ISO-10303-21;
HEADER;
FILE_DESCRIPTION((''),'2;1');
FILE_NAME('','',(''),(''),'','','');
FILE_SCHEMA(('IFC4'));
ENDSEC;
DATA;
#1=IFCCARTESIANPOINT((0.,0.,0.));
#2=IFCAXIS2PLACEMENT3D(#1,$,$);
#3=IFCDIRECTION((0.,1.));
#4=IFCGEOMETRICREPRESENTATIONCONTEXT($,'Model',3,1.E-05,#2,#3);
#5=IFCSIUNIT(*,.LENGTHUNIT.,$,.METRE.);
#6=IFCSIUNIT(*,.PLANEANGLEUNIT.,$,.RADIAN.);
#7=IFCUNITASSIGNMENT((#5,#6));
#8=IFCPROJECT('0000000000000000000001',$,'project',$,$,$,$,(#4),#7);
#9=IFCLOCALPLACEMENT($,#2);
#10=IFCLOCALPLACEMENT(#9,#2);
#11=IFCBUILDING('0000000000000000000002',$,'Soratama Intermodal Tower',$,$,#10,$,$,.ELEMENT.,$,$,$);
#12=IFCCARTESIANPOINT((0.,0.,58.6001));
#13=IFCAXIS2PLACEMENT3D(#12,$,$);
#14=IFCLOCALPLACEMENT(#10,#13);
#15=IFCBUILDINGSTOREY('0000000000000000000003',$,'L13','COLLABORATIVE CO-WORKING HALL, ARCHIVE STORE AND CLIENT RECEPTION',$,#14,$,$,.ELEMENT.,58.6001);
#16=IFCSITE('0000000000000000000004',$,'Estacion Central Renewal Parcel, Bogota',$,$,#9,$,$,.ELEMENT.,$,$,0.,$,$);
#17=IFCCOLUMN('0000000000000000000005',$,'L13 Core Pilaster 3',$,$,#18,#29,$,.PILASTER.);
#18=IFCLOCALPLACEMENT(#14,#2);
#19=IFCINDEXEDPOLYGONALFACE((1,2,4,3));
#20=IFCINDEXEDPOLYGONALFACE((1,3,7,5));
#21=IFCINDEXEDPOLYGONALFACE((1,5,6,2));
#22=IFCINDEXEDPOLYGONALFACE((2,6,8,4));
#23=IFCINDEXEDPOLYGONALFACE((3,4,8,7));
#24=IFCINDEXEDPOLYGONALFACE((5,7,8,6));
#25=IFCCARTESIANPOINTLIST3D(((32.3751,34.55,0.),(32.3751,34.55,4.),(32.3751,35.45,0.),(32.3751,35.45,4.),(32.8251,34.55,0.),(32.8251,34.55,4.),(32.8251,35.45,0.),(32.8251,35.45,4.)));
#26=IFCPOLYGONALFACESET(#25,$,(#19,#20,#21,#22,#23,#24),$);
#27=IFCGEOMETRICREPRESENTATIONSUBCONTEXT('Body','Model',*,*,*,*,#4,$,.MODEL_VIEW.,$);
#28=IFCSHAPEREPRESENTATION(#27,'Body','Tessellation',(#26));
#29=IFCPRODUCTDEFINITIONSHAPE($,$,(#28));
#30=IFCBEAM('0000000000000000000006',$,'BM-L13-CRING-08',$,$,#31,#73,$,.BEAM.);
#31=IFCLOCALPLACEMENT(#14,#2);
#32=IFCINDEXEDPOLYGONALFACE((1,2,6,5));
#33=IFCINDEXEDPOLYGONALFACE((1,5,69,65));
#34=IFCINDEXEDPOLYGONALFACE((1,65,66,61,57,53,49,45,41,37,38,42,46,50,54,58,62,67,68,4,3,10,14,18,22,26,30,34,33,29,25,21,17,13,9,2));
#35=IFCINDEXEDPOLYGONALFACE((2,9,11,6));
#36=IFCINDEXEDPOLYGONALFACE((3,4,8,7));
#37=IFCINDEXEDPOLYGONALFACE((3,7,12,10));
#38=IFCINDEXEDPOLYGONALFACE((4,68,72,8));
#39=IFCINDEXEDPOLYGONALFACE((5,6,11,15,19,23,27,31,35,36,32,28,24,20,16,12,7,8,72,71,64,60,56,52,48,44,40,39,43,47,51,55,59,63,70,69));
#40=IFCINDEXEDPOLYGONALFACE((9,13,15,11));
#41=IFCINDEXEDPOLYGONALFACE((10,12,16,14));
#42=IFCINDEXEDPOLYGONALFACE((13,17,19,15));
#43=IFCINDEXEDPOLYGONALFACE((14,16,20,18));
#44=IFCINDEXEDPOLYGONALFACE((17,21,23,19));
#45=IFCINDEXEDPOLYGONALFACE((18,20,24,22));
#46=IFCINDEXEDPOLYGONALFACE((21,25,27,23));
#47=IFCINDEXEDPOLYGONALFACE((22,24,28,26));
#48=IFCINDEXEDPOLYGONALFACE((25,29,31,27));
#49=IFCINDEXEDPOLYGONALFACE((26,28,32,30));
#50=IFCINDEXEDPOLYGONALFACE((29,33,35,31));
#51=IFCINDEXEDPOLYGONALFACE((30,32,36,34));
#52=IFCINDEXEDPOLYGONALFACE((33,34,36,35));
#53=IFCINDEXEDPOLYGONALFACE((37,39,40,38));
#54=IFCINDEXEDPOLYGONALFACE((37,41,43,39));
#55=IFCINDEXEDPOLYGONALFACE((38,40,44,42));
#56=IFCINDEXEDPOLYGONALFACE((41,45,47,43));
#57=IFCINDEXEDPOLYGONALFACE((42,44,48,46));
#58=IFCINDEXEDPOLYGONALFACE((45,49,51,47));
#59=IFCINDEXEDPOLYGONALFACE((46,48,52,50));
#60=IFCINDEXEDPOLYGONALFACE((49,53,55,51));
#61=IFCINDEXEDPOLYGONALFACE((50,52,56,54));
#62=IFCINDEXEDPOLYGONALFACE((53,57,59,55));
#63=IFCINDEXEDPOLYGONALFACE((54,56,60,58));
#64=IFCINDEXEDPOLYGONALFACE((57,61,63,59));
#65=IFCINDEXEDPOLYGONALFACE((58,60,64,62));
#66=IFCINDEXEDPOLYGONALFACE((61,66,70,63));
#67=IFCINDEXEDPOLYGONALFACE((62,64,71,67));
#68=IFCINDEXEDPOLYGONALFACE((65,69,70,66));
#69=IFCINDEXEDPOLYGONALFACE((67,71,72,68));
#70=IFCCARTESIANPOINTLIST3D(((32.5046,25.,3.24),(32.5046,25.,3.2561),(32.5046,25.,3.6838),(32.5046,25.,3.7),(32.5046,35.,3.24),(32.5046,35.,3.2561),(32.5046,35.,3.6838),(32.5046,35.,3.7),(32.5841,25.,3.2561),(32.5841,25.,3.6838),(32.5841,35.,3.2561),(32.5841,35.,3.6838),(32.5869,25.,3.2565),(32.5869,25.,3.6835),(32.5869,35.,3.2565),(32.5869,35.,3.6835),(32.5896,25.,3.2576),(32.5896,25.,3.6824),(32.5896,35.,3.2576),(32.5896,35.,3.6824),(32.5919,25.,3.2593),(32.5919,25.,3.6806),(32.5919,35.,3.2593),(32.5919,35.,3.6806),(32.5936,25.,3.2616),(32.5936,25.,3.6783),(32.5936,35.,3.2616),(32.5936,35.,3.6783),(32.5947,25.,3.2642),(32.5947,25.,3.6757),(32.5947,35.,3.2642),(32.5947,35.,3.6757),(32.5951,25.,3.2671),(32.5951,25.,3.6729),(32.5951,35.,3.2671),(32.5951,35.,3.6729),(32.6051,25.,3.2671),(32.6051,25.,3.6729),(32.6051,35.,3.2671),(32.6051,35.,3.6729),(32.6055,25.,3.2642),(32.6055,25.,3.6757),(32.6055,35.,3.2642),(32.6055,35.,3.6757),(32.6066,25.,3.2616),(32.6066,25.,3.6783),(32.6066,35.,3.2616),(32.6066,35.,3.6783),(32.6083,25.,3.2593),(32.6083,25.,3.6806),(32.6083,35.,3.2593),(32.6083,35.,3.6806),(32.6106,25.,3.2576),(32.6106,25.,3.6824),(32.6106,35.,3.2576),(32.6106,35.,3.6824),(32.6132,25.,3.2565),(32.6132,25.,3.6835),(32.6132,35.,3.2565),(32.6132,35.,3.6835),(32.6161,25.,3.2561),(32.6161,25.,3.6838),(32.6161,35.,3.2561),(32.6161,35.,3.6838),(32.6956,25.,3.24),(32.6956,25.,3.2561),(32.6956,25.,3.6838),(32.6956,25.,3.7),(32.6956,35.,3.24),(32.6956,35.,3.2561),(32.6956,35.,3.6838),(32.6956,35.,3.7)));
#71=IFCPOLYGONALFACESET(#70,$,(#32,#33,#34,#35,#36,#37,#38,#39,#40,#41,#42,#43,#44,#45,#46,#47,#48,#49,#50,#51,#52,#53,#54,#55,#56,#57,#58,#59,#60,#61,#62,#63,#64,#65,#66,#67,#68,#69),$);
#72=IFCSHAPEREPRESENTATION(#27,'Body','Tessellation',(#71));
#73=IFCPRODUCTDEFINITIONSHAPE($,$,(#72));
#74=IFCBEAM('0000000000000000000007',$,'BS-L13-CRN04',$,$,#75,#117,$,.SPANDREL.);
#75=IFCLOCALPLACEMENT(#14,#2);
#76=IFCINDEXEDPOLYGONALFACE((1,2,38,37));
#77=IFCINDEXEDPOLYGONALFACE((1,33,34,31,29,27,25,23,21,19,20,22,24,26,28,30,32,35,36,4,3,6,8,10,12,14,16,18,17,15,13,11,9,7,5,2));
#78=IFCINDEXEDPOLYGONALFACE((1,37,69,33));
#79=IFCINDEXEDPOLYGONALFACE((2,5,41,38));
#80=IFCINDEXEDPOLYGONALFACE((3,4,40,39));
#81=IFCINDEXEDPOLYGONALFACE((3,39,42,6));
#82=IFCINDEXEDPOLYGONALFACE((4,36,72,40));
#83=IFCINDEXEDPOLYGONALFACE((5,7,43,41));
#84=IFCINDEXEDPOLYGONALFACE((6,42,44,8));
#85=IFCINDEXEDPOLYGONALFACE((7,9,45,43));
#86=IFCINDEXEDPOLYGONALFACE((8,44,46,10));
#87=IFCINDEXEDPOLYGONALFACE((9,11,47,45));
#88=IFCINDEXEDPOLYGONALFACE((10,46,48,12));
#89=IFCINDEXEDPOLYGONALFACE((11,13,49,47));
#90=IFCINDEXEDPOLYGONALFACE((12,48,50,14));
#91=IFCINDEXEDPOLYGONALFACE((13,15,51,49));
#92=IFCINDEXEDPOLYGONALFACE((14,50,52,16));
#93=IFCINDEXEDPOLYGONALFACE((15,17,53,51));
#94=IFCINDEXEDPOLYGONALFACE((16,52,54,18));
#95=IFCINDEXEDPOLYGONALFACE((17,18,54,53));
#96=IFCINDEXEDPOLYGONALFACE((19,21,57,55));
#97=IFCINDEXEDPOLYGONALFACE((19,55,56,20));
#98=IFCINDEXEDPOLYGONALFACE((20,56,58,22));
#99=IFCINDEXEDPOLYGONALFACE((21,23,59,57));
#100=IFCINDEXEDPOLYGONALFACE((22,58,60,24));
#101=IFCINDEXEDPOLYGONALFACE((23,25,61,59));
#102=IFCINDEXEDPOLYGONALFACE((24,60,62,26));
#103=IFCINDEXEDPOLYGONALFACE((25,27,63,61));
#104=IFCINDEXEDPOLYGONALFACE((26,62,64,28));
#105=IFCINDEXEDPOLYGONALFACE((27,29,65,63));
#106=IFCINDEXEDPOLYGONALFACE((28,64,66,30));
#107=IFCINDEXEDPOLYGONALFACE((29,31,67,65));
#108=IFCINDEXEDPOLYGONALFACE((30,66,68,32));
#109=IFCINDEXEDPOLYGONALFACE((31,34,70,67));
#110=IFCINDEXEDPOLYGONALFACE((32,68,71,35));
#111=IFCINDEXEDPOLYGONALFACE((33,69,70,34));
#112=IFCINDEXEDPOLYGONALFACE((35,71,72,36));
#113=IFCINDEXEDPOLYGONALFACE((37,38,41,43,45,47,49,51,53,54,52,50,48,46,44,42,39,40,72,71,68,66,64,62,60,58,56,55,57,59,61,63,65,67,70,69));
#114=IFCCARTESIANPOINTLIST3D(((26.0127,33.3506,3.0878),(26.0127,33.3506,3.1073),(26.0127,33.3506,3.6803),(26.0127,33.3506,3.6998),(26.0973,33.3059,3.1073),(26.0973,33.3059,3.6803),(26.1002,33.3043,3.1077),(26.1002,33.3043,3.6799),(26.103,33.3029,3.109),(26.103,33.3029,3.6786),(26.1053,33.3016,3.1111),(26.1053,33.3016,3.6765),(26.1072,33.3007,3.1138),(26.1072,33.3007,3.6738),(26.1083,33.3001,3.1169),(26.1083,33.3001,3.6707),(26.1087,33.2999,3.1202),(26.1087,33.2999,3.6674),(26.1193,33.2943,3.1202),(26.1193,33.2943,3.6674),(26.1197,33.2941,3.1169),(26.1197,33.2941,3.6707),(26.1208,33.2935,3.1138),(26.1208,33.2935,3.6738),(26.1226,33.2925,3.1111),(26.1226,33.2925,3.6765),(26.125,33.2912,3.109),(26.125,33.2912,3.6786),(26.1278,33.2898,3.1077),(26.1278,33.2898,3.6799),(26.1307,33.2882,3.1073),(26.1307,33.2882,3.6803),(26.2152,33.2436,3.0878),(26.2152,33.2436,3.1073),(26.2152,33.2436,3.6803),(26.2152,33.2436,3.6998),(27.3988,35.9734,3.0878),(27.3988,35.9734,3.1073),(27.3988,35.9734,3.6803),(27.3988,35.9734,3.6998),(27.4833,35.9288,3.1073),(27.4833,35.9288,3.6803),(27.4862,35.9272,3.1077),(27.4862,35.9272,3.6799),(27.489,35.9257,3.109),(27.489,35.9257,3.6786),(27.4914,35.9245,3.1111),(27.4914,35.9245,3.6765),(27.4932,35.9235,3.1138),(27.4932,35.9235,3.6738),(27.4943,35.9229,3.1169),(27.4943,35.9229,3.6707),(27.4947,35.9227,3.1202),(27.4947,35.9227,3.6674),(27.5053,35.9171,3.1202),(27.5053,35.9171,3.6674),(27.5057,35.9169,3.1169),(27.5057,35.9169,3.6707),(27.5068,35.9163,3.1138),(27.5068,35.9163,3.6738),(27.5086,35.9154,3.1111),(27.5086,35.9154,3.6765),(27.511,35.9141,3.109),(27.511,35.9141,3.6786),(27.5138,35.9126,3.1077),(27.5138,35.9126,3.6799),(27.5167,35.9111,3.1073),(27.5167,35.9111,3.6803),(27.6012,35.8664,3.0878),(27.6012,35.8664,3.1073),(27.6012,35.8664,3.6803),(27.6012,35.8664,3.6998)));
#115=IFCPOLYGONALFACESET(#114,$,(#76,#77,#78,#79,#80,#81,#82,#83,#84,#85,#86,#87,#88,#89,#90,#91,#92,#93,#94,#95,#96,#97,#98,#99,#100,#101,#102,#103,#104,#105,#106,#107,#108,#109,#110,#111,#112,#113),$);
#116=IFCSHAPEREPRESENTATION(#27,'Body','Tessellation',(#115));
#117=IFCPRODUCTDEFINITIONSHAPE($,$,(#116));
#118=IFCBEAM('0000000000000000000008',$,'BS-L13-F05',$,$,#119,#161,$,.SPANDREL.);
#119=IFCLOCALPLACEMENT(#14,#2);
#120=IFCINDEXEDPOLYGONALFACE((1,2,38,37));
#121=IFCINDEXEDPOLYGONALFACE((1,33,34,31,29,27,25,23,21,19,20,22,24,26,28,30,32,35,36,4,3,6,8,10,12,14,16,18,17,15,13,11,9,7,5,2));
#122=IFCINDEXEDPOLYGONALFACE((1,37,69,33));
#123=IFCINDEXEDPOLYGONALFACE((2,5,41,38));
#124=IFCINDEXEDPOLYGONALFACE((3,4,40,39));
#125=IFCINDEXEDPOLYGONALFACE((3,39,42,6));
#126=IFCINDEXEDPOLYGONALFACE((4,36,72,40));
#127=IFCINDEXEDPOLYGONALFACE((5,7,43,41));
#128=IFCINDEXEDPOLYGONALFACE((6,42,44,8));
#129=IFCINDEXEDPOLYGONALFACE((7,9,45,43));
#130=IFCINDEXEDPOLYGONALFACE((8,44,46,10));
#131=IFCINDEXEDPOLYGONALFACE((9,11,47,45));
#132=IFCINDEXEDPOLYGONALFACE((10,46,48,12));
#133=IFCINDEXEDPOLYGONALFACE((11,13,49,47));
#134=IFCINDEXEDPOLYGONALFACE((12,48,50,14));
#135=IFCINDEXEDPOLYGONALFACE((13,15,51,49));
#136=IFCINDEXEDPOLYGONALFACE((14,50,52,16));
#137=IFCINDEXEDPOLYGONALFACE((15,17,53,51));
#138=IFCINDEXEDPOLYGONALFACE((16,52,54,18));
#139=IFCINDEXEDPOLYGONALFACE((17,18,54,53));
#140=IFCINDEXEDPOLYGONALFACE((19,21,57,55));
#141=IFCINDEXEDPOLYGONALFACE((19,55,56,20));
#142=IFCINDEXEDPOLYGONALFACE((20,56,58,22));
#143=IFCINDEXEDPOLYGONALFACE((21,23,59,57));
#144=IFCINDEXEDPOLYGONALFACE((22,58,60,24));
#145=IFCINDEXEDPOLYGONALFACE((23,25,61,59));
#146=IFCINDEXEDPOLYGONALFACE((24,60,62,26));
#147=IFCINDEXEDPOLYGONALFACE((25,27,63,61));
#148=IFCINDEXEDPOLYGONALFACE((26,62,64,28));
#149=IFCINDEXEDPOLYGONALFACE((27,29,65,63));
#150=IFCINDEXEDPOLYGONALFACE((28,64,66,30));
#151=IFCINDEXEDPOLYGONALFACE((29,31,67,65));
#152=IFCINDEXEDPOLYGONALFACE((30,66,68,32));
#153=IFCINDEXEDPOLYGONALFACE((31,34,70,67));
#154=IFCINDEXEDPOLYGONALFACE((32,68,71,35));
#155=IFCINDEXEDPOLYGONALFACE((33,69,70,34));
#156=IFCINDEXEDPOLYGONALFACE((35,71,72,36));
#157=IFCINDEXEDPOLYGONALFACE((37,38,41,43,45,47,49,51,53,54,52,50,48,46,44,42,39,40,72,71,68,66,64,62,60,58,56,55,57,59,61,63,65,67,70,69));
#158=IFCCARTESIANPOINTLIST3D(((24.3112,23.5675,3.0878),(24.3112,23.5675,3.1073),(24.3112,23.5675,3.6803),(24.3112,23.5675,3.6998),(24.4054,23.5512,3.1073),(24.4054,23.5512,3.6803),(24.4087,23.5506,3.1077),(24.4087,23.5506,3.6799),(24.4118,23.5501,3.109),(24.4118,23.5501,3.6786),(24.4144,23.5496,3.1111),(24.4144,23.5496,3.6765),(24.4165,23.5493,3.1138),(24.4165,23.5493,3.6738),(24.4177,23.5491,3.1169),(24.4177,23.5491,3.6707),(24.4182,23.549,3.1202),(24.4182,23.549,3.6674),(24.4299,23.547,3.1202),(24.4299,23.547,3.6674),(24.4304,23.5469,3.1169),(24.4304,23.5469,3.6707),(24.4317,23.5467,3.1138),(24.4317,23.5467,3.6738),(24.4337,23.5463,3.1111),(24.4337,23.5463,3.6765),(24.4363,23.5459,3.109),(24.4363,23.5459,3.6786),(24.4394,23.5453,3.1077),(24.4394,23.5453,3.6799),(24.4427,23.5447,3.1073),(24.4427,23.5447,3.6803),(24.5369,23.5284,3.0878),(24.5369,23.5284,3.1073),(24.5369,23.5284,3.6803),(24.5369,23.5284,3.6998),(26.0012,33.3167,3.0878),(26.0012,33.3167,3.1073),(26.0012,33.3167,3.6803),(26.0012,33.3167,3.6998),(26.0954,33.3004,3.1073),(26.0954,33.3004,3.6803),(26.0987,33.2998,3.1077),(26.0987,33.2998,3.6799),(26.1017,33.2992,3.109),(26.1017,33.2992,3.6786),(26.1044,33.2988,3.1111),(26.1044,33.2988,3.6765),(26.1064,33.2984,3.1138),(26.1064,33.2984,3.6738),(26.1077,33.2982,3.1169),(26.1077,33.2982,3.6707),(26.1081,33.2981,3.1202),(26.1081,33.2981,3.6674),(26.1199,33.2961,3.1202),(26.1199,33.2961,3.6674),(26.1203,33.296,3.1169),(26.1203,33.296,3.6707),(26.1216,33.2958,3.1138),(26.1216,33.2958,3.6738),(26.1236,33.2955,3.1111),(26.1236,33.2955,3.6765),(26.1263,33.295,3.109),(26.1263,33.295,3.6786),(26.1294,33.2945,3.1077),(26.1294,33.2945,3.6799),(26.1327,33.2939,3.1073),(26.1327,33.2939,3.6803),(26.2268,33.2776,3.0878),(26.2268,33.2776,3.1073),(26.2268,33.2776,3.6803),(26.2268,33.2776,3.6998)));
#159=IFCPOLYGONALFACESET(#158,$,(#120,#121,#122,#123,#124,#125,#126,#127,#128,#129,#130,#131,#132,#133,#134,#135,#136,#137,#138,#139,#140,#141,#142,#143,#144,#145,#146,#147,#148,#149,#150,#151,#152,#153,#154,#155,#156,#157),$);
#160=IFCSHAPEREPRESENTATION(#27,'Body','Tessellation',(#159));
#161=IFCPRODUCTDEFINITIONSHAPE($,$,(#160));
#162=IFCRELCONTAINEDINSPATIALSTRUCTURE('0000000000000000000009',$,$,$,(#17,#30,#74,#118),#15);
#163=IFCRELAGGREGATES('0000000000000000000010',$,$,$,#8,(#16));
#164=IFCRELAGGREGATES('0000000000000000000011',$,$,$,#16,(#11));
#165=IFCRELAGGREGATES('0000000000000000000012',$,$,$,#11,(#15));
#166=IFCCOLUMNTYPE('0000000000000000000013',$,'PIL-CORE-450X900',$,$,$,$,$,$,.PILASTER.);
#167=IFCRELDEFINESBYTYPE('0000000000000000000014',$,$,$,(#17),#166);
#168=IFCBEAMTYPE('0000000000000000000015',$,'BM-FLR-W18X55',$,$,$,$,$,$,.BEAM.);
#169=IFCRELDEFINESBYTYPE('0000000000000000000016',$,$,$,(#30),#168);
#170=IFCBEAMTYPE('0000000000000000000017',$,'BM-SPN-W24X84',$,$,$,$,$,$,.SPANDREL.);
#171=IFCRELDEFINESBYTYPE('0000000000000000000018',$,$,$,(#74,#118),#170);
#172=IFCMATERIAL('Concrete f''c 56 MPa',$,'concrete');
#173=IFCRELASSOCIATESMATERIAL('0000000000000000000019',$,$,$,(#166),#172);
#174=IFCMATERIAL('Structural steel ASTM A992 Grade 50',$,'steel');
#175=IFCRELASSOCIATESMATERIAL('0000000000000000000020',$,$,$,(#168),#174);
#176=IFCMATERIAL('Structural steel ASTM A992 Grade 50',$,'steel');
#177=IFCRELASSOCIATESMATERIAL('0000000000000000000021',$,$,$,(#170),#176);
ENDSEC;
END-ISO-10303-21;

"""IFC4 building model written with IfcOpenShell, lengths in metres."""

from ifc_helpers import new_model, si_unit, direction, frame, origin, origin_2d, place, context, subcontext, project, spatial, rectangle, i_section, extrude, material, material_profile, profile_set, type_object, element, save


model = new_model("IFC4")

# Units and contexts
model_context = context("Model", 3, precision=1e-05, world=origin(), true_north=direction((0.0, 1.0)))
body_context = subcontext(model_context, "Body", "Model", "MODEL_VIEW")
ifc_project = project(units=[si_unit("LENGTHUNIT", "METRE"), si_unit("PLANEANGLEUNIT", "RADIAN")], contexts=[model_context])

# Site, building, storey
site_placement = place(None, origin())
site = spatial("IfcSite", under=ifc_project, at=site_placement, Name="Estacion Central Renewal Parcel, Bogota", CompositionType="ELEMENT", RefElevation=0.0)
building_placement = place(site_placement, origin())
building = spatial("IfcBuilding", under=site, at=building_placement, Name="Soratama Intermodal Tower", CompositionType="ELEMENT")
storey_placement = place(building_placement, frame((0.0, 0.0, 58.6001)))
storey = spatial("IfcBuildingStorey", under=building, at=storey_placement, Name="L13", Description="COLLABORATIVE CO-WORKING HALL, ARCHIVE STORE AND CLIENT RECEPTION", CompositionType="ELEMENT", Elevation=58.6001)

# Column
ifc_material_1 = material(Name="Concrete f'c 56 MPa", Category="concrete")
ifc_material_profile_1 = material_profile(ifc_material_1, rectangle(XDim=0.45, YDim=0.8999, at=origin_2d()), Name="RC450X900")
ifc_profile_set_1 = profile_set([ifc_material_profile_1], Name="Concrete f'c 56 MPa")
column_type = type_object("IfcColumnType", Name="PIL-CORE-450X900", PredefinedType="PILASTER", material=ifc_profile_set_1)
column_placement = place(storey_placement, frame((32.6001, 35.0, 0.0), z_axis=(0.0, 0.0, 1.0), x_axis=(1.0, 0.0, 0.0)))
element("IfcColumn", 1, at=column_placement, inside=storey, type_object=column_type, Name="L13 Core Pilaster 3", PredefinedType="PILASTER", context=body_context, shape_type="SweptSolid", body=[
    extrude(rectangle(XDim=0.45, YDim=0.8999, at=origin_2d()), origin(), (0.0, 0.0, 1.0), 4.0),
])

# Beams
ifc_material_2 = material(Name="Structural steel ASTM A992 Grade 50", Category="steel")
ifc_material_profile_2 = material_profile(ifc_material_2, i_section(OverallWidth=0.1909, OverallDepth=0.46, WebThickness=0.01, FlangeThickness=0.0161, FilletRadius=0.011, at=origin_2d()), Name="W18X55")
ifc_profile_set_2 = profile_set([ifc_material_profile_2], Name="Structural steel ASTM A992 Grade 50")
beam_type_1 = type_object("IfcBeamType", Name="BM-FLR-W18X55", PredefinedType="BEAM", material=ifc_profile_set_2)
beam_1_placement = place(storey_placement, frame((32.6001, 35.0, 3.47), z_axis=(0.0, -1.0, 0.0), x_axis=(1.0, 0.0, 0.0)))
element("IfcBeam", 2, at=beam_1_placement, inside=storey, type_object=beam_type_1, Name="BM-L13-CRING-08", PredefinedType="BEAM", context=body_context, shape_type="SweptSolid", body=[
    extrude(i_section(OverallWidth=0.1909, OverallDepth=0.46, WebThickness=0.01, FlangeThickness=0.0161, FilletRadius=0.011, at=origin_2d()), origin(), (0.0, 0.0, 1.0), 10.0),
])
ifc_material_3 = material(Name="Structural steel ASTM A992 Grade 50", Category="steel")
ifc_material_profile_3 = material_profile(ifc_material_3, i_section(OverallWidth=0.229, OverallDepth=0.6121, WebThickness=0.012, FlangeThickness=0.0195, FilletRadius=0.0129, at=origin_2d()), Name="W24X84")
ifc_profile_set_3 = profile_set([ifc_material_profile_3], Name="Structural steel ASTM A992 Grade 50")
beam_type_2 = type_object("IfcBeamType", Name="BM-SPN-W24X84", PredefinedType="SPANDREL", material=ifc_profile_set_3)
beam_2_placement = place(storey_placement, frame((27.5, 35.9199, 3.3938), z_axis=(-0.467215, -0.884144, 0.0), x_axis=(0.884144, -0.467215, 0.0)))
element("IfcBeam", 3, at=beam_2_placement, inside=storey, type_object=beam_type_2, Name="BS-L13-CRN04", PredefinedType="SPANDREL", context=body_context, shape_type="SweptSolid", body=[
    extrude(i_section(OverallWidth=0.229, OverallDepth=0.6121, WebThickness=0.012, FlangeThickness=0.0195, FilletRadius=0.0129, at=origin_2d()), origin(), (0.0, 0.0, 1.0), 2.9666),
])
beam_3_placement = place(storey_placement, frame((26.114, 33.2971, 3.3938), z_axis=(-0.170798, -0.985306, 0.0), x_axis=(0.985306, -0.170798, 0.0)))
element("IfcBeam", 4, at=beam_3_placement, inside=storey, type_object=beam_type_2, Name="BS-L13-F05", PredefinedType="SPANDREL", context=body_context, shape_type="SweptSolid", body=[
    extrude(i_section(OverallWidth=0.229, OverallDepth=0.6121, WebThickness=0.012, FlangeThickness=0.0195, FilletRadius=0.0129, at=origin_2d()), origin(), (0.0, 0.0, 1.0), 9.8945),
])

save(model, "model.ifc")
